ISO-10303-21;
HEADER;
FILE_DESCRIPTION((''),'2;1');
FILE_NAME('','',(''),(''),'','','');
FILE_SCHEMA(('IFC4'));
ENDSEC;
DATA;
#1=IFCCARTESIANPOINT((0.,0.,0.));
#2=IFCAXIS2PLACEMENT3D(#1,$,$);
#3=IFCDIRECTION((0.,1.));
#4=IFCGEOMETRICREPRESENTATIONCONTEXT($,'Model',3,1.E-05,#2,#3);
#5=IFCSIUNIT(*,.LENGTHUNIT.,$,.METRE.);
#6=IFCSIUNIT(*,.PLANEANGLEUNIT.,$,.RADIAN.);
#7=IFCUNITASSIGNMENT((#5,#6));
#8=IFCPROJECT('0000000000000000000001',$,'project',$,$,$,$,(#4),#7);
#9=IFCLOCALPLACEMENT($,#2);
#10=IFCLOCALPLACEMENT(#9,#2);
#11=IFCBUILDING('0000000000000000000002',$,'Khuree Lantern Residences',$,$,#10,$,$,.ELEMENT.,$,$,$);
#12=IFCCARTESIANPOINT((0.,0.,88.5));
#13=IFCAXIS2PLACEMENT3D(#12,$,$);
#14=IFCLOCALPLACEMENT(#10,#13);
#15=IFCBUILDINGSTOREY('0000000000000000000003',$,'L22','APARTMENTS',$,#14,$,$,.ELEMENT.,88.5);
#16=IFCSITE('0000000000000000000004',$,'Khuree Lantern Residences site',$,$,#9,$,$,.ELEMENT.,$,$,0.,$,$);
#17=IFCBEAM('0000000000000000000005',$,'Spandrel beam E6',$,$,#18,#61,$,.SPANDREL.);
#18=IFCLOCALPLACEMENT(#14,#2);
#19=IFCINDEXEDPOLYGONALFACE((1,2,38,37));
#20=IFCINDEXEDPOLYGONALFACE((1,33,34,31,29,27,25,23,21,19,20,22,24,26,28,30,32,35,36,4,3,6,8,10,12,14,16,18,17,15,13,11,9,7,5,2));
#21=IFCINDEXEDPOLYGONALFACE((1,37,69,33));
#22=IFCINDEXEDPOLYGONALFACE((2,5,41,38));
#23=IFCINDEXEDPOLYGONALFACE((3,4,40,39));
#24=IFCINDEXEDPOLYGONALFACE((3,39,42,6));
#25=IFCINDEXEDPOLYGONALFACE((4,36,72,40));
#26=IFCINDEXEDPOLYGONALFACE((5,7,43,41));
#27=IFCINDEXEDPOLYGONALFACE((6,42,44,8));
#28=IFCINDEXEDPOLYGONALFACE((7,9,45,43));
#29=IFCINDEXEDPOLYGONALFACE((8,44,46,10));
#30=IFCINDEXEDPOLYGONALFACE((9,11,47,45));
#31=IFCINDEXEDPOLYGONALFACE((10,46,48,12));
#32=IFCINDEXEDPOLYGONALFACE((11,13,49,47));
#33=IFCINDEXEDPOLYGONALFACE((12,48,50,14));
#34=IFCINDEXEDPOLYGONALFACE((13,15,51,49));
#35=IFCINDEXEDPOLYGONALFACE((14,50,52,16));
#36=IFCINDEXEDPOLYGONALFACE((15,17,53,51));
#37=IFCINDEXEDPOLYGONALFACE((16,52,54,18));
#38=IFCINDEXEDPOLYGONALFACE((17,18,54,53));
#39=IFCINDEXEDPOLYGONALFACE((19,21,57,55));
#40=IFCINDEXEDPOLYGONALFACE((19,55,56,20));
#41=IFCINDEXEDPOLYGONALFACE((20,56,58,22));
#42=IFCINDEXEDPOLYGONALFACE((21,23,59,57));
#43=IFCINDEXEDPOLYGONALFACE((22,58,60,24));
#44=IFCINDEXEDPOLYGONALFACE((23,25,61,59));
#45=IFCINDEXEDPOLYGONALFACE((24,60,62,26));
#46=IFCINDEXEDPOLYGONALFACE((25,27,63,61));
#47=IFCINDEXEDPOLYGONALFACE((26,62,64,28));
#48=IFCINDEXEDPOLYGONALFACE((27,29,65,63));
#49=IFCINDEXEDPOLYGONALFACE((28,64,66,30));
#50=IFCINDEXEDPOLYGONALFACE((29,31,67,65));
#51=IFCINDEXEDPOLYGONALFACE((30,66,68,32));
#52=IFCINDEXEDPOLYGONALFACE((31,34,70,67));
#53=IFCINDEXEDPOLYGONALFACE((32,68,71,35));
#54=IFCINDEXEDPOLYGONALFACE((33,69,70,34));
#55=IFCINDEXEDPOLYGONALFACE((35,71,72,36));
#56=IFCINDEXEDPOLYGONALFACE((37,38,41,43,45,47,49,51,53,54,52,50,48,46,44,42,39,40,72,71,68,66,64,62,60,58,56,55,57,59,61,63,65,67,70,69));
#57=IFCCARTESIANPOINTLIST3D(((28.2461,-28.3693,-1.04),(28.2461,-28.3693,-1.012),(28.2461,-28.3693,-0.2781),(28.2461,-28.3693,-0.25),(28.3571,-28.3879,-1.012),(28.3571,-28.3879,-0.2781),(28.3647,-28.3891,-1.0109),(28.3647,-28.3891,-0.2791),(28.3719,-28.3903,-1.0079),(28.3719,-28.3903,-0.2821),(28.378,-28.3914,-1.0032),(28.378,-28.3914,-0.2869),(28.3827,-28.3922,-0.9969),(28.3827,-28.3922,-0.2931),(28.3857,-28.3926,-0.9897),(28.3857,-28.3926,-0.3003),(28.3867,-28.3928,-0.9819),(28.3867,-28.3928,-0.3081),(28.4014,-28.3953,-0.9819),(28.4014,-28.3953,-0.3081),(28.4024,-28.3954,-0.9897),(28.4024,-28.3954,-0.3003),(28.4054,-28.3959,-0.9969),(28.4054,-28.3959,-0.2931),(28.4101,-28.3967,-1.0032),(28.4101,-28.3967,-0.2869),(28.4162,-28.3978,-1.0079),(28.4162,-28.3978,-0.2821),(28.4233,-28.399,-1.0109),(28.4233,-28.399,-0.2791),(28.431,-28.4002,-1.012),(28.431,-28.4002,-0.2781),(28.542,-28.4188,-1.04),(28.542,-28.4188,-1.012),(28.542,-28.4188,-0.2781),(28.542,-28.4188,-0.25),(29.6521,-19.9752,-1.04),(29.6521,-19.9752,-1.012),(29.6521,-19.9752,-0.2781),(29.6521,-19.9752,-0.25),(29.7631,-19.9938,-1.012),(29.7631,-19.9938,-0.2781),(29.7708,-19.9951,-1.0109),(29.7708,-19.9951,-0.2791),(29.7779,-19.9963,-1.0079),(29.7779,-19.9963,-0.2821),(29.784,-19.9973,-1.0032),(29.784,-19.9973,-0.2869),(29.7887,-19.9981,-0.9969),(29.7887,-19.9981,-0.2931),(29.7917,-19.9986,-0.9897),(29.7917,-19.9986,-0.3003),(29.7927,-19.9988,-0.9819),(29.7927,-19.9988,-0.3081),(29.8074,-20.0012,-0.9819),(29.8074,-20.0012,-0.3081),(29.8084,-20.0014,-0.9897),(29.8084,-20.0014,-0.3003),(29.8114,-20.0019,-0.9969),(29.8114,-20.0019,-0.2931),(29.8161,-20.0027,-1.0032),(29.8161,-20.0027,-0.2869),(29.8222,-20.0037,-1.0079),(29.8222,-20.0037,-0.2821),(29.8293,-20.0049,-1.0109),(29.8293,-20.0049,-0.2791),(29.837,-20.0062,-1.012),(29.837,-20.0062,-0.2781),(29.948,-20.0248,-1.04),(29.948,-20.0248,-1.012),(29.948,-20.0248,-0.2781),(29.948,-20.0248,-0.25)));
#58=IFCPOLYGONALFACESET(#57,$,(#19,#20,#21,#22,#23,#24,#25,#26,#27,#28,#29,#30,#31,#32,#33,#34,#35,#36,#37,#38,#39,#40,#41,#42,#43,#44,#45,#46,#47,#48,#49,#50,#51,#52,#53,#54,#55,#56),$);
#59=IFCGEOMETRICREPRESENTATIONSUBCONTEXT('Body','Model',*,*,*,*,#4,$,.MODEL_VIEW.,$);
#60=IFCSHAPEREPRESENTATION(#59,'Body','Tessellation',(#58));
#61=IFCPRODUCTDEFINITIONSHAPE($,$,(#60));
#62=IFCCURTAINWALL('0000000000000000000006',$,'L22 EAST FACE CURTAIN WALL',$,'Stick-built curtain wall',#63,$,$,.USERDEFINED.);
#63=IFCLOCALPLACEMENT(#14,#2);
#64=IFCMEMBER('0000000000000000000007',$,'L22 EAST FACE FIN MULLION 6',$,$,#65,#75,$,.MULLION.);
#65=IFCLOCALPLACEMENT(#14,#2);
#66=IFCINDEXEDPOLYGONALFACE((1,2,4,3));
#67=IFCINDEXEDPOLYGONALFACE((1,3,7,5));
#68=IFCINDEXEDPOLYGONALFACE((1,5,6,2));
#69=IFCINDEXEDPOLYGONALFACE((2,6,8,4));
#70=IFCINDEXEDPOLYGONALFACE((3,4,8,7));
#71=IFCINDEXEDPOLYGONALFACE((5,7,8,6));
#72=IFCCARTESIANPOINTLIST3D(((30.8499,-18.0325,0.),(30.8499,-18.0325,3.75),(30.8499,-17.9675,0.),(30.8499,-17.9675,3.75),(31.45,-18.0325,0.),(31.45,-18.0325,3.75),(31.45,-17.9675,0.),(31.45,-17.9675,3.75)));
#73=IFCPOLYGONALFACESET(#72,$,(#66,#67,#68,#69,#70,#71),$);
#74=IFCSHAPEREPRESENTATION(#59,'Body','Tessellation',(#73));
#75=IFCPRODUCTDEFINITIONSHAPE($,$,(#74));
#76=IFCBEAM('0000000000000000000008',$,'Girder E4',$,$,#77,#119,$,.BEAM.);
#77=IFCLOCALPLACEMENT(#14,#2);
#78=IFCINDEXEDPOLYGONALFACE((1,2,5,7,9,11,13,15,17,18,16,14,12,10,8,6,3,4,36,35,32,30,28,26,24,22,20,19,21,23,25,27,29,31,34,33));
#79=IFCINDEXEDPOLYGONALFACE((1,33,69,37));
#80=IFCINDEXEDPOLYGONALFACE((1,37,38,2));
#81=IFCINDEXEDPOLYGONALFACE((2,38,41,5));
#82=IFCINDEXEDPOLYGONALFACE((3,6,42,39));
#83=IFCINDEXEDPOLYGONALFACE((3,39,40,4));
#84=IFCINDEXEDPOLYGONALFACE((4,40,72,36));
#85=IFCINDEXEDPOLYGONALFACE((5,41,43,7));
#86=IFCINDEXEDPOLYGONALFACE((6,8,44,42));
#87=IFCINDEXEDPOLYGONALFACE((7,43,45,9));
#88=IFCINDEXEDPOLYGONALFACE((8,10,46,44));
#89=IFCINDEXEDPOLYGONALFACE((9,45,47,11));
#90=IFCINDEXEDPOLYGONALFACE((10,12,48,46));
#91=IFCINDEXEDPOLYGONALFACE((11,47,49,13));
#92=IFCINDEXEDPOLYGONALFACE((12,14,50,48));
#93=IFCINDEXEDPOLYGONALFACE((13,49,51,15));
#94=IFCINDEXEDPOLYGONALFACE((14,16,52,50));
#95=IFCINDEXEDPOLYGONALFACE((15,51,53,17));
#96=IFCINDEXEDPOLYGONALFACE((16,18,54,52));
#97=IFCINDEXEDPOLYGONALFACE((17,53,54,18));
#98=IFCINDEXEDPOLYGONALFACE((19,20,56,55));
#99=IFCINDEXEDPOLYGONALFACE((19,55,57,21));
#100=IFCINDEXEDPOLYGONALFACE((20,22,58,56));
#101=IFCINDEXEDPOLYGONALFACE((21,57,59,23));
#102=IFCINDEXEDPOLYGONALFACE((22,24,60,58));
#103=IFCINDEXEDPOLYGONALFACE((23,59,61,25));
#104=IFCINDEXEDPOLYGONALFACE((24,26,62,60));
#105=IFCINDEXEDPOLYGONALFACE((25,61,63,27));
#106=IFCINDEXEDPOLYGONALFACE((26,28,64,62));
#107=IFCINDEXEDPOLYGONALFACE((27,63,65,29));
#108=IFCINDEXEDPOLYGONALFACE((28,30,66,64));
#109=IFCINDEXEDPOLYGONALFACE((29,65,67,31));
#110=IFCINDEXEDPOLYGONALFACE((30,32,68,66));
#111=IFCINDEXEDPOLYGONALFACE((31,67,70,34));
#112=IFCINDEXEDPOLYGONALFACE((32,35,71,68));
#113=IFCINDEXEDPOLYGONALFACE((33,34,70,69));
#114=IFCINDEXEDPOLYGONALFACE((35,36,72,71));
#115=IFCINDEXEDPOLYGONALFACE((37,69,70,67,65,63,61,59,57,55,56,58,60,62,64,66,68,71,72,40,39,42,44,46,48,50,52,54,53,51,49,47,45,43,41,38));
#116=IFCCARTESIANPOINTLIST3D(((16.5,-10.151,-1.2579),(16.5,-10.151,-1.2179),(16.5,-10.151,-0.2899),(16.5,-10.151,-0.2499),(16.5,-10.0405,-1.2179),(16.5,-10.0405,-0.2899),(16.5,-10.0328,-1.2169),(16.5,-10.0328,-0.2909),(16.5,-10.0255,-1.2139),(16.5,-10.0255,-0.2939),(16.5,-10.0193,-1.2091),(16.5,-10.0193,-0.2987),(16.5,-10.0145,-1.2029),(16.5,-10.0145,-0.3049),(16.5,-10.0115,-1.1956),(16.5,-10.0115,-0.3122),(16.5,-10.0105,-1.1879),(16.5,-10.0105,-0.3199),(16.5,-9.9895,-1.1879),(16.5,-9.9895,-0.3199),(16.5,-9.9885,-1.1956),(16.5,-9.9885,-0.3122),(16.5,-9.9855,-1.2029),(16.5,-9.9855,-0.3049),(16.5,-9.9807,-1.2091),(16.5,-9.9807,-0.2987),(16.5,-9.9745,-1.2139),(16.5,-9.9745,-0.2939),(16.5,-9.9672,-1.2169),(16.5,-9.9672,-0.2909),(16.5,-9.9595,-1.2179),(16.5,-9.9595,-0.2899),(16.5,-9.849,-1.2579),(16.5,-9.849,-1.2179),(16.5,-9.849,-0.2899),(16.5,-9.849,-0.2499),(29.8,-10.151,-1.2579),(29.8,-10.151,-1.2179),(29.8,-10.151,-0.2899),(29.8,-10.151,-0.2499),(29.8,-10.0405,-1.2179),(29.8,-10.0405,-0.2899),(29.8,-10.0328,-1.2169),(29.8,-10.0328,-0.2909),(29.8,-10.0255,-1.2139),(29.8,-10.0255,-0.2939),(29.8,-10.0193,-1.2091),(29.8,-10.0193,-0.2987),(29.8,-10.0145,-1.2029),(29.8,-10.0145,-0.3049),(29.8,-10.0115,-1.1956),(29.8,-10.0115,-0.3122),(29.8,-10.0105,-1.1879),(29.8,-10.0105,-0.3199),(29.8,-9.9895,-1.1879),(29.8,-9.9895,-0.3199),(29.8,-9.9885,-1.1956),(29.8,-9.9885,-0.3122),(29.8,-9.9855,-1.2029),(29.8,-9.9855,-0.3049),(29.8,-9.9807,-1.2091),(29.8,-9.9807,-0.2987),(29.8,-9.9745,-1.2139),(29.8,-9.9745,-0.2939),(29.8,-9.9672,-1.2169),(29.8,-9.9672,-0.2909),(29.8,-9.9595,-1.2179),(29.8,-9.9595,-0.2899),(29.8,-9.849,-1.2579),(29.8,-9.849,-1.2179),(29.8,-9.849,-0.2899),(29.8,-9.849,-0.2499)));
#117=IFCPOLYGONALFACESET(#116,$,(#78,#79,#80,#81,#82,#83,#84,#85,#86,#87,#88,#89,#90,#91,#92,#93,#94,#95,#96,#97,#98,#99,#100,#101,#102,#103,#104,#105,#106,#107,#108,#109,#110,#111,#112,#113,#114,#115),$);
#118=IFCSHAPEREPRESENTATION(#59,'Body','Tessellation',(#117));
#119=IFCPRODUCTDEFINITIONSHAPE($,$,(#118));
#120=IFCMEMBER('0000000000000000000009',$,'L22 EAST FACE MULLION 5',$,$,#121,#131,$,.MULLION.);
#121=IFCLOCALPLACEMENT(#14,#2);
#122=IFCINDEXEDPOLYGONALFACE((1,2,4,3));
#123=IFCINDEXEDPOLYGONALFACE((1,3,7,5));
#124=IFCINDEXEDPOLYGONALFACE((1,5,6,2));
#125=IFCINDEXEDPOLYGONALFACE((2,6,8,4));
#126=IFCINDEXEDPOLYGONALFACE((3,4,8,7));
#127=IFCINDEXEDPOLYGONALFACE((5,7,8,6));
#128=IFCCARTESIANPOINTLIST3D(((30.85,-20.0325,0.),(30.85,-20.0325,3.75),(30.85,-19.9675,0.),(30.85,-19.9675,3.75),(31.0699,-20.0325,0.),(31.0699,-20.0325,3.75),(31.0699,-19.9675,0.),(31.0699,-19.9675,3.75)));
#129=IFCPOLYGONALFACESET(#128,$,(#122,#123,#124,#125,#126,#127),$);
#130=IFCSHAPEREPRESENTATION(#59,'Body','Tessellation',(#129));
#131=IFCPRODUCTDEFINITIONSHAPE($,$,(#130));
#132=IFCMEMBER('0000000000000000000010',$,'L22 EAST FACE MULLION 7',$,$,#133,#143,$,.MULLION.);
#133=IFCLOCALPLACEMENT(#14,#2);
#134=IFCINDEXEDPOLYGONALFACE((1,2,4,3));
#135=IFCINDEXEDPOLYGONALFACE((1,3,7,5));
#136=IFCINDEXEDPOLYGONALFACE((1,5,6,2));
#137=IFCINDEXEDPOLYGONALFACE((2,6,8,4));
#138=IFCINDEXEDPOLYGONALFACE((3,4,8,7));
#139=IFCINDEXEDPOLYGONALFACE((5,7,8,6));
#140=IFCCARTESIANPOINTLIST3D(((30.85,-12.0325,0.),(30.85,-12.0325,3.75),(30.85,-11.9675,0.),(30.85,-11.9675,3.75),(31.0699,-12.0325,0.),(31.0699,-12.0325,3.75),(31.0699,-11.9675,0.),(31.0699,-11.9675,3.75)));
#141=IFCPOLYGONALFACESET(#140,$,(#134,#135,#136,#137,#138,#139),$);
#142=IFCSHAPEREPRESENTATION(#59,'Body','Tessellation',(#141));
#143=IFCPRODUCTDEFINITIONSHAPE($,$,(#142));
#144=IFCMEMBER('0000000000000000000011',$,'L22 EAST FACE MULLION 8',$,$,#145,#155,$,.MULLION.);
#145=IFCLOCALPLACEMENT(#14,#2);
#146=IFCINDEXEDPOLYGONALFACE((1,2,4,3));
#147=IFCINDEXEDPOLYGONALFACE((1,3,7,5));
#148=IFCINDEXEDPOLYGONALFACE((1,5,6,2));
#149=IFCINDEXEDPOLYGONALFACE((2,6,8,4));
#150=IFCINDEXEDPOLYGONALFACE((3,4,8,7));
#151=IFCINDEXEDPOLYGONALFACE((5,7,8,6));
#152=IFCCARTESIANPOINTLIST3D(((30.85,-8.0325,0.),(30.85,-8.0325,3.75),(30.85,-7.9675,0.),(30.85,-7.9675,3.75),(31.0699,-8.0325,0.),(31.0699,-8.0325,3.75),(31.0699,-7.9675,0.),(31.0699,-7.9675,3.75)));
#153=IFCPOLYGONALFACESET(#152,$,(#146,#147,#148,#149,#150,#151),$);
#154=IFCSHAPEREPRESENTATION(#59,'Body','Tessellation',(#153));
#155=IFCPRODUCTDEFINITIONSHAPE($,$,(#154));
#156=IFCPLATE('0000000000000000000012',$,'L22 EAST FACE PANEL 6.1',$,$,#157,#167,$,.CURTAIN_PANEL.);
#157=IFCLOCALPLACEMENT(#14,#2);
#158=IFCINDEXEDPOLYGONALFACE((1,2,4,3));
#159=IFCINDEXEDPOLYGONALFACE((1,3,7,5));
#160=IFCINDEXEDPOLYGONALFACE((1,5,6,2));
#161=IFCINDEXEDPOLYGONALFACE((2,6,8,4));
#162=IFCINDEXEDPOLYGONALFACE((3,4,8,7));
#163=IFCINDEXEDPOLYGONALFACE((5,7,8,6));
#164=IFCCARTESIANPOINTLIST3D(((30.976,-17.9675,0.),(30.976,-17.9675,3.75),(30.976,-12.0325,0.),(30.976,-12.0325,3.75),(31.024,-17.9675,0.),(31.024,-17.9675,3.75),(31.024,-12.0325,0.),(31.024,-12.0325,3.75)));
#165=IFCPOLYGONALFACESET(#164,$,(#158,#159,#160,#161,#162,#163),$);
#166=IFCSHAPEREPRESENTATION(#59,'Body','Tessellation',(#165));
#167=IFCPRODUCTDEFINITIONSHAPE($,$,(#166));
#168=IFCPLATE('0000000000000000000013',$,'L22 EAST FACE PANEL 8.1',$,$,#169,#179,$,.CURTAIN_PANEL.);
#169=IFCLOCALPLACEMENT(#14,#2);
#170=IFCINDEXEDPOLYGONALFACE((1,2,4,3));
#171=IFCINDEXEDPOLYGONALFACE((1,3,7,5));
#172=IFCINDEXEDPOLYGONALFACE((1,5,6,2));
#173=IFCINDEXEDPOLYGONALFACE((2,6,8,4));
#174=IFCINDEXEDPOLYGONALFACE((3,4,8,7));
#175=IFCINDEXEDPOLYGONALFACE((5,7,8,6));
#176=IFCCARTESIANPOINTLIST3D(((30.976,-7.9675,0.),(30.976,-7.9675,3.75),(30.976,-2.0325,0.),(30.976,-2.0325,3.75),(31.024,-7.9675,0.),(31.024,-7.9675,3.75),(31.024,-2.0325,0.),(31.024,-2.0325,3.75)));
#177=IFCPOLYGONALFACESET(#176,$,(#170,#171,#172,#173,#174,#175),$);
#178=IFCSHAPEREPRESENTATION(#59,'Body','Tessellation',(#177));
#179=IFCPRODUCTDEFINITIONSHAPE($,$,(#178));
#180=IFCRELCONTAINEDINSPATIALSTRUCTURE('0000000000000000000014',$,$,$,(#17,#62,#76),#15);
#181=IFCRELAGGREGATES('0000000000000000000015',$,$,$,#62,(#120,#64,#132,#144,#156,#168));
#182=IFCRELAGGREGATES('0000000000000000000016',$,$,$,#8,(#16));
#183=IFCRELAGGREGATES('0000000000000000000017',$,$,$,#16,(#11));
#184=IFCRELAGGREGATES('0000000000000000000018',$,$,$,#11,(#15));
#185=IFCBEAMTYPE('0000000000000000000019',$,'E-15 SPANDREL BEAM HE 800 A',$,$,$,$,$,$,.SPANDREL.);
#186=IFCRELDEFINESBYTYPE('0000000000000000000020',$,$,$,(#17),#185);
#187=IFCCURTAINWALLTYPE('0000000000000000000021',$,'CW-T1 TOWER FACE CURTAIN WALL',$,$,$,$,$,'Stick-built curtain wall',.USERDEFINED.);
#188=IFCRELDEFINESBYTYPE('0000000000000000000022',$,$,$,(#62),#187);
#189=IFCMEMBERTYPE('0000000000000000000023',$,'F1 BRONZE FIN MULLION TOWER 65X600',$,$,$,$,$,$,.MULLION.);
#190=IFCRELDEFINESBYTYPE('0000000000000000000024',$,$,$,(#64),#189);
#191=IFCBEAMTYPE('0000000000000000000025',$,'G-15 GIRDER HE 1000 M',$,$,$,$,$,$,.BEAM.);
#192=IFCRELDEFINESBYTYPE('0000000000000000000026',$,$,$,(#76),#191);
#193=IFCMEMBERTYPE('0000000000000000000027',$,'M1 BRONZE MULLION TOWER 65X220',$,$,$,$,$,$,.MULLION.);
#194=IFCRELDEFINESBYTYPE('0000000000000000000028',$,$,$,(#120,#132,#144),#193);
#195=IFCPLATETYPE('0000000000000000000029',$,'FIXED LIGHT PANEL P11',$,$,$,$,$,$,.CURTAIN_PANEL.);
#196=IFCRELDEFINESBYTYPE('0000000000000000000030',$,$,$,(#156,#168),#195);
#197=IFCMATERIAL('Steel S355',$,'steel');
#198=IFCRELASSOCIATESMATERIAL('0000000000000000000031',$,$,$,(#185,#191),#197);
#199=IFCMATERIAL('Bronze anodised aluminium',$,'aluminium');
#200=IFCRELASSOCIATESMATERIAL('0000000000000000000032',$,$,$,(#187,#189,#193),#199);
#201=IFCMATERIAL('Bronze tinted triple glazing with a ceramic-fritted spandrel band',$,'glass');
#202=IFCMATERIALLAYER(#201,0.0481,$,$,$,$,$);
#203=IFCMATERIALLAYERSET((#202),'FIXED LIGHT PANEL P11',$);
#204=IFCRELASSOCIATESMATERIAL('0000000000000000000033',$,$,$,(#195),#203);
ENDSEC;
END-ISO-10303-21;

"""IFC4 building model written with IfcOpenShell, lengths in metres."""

from ifc_helpers import new_model, si_unit, direction, frame, origin, origin_2d, place, context, subcontext, project, spatial, rectangle, i_section, extrude, material, layer, layer_set, material_profile, profile_set, type_object, element, aggregate, save


model = new_model("IFC4")

# Units and contexts
model_context = context("Model", 3, precision=1e-05, world=origin(), true_north=direction((0.0, 1.0)))
body_context = subcontext(model_context, "Body", "Model", "MODEL_VIEW")
ifc_project = project(units=[si_unit("LENGTHUNIT", "METRE"), si_unit("PLANEANGLEUNIT", "RADIAN")], contexts=[model_context])

# Site, building, storey
site_placement = place(None, origin())
site = spatial("IfcSite", under=ifc_project, at=site_placement, Name="Khuree Lantern Residences site", CompositionType="ELEMENT", RefElevation=0.0)
building_placement = place(site_placement, origin())
building = spatial("IfcBuilding", under=site, at=building_placement, Name="Khuree Lantern Residences", CompositionType="ELEMENT")
storey_placement = place(building_placement, frame((0.0, 0.0, 88.5)))
storey = spatial("IfcBuildingStorey", under=building, at=storey_placement, Name="L22", Description="APARTMENTS", CompositionType="ELEMENT", Elevation=88.5)

# Beam
ifc_material_1 = material(Name="Steel S355", Category="steel")
ifc_material_profile_1 = material_profile(ifc_material_1, i_section(OverallWidth=0.3, OverallDepth=0.79, WebThickness=0.0149, FlangeThickness=0.0281, FilletRadius=0.03, at=origin_2d()), Name="HE 800 A")
ifc_profile_set_1 = profile_set([ifc_material_profile_1], Name="Steel S355")
beam_type_1 = type_object("IfcBeamType", Name="E-15 SPANDREL BEAM HE 800 A", PredefinedType="SPANDREL", material=ifc_profile_set_1)
beam_1_placement = place(storey_placement, frame((29.8, -20.0, -0.645), z_axis=(-0.165199, -0.98626, 0.0), x_axis=(0.98626, -0.165199, 0.0)))
element("IfcBeam", 1, at=beam_1_placement, inside=storey, type_object=beam_type_1, Name="Spandrel beam E6", PredefinedType="SPANDREL", context=body_context, shape_type="SweptSolid", body=[
    extrude(i_section(OverallWidth=0.3, OverallDepth=0.79, WebThickness=0.0149, FlangeThickness=0.0281, FilletRadius=0.03, at=origin_2d()), origin(), (0.0, 0.0, 1.0), 8.511),
])

# Curtain wall, member
ifc_material_2 = material(Name="Bronze anodised aluminium", Category="aluminium")
curtain_wall_type = type_object("IfcCurtainWallType", Name="CW-T1 TOWER FACE CURTAIN WALL", ElementType="Stick-built curtain wall", PredefinedType="USERDEFINED", material=ifc_material_2)
curtain_wall_placement = place(storey_placement, origin())
curtain_wall = element("IfcCurtainWall", 2, at=curtain_wall_placement, inside=storey, type_object=curtain_wall_type, Name="L22 EAST FACE CURTAIN WALL", ObjectType="Stick-built curtain wall", PredefinedType="USERDEFINED")
ifc_material_profile_2 = material_profile(ifc_material_2, rectangle(XDim=0.0649, YDim=0.6001, at=origin_2d()), Name="F1 65X600")
ifc_profile_set_2 = profile_set([ifc_material_profile_2], Name="Bronze anodised aluminium")
member_type_1 = type_object("IfcMemberType", Name="F1 BRONZE FIN MULLION TOWER 65X600", PredefinedType="MULLION", material=ifc_profile_set_2)
member_1_placement = place(storey_placement, frame((31.1499, -18.0, 0.0), z_axis=(0.0, 0.0, 1.0), x_axis=(0.0, 1.0, 0.0)))
member_1 = element("IfcMember", 3, at=member_1_placement, type_object=member_type_1, Name="L22 EAST FACE FIN MULLION 6", PredefinedType="MULLION", context=body_context, shape_type="SweptSolid", body=[
    extrude(rectangle(XDim=0.0649, YDim=0.6001, at=origin_2d()), origin(), (0.0, 0.0, 1.0), 3.75),
])

# Beam
ifc_material_profile_3 = material_profile(ifc_material_1, i_section(OverallWidth=0.302, OverallDepth=1.0081, WebThickness=0.021, FlangeThickness=0.04, FilletRadius=0.03, at=origin_2d()), Name="HE 1000 M")
ifc_profile_set_3 = profile_set([ifc_material_profile_3], Name="Steel S355")
beam_type_2 = type_object("IfcBeamType", Name="G-15 GIRDER HE 1000 M", PredefinedType="BEAM", material=ifc_profile_set_3)
beam_2_placement = place(storey_placement, frame((29.8, -10.0, -0.7539), z_axis=(-1.0, 0.0, 0.0), x_axis=(0.0, -1.0, 0.0)))
element("IfcBeam", 4, at=beam_2_placement, inside=storey, type_object=beam_type_2, Name="Girder E4", PredefinedType="BEAM", context=body_context, shape_type="SweptSolid", body=[
    extrude(i_section(OverallWidth=0.302, OverallDepth=1.0081, WebThickness=0.021, FlangeThickness=0.04, FilletRadius=0.03, at=origin_2d()), origin(), (0.0, 0.0, 1.0), 13.3),
])

# Members
ifc_material_profile_4 = material_profile(ifc_material_2, rectangle(XDim=0.0649, YDim=0.22, at=origin_2d()), Name="M1 65X220")
ifc_profile_set_4 = profile_set([ifc_material_profile_4], Name="Bronze anodised aluminium")
member_type_2 = type_object("IfcMemberType", Name="M1 BRONZE MULLION TOWER 65X220", PredefinedType="MULLION", material=ifc_profile_set_4)
member_2_placement = place(storey_placement, frame((30.96, -20.0, 0.0), z_axis=(0.0, 0.0, 1.0), x_axis=(0.0, 1.0, 0.0)))
member_2 = element("IfcMember", 5, at=member_2_placement, type_object=member_type_2, Name="L22 EAST FACE MULLION 5", PredefinedType="MULLION", context=body_context, shape_type="SweptSolid", body=[
    extrude(rectangle(XDim=0.0649, YDim=0.22, at=origin_2d()), origin(), (0.0, 0.0, 1.0), 3.75),
])
member_3_placement = place(storey_placement, frame((30.96, -12.0, 0.0), z_axis=(0.0, 0.0, 1.0), x_axis=(0.0, 1.0, 0.0)))
member_3 = element("IfcMember", 6, at=member_3_placement, type_object=member_type_2, Name="L22 EAST FACE MULLION 7", PredefinedType="MULLION", context=body_context, shape_type="SweptSolid", body=[
    extrude(rectangle(XDim=0.0649, YDim=0.22, at=origin_2d()), origin(), (0.0, 0.0, 1.0), 3.75),
])
member_4_placement = place(storey_placement, frame((30.96, -8.0, 0.0), z_axis=(0.0, 0.0, 1.0), x_axis=(0.0, 1.0, 0.0)))
member_4 = element("IfcMember", 7, at=member_4_placement, type_object=member_type_2, Name="L22 EAST FACE MULLION 8", PredefinedType="MULLION", context=body_context, shape_type="SweptSolid", body=[
    extrude(rectangle(XDim=0.0649, YDim=0.22, at=origin_2d()), origin(), (0.0, 0.0, 1.0), 3.75),
])

# Plates
ifc_material_3 = material(Name="Bronze tinted triple glazing with a ceramic-fritted spandrel band", Category="glass")
ifc_layer_1 = layer(ifc_material_3, 0.0481)
ifc_layer_set_1 = layer_set([ifc_layer_1], Name="FIXED LIGHT PANEL P11")
plate_type_1 = type_object("IfcPlateType", Name="FIXED LIGHT PANEL P11", PredefinedType="CURTAIN_PANEL", material=ifc_layer_set_1)
plate_1_placement = place(storey_placement, frame((31.0, -15.0, 0.0), z_axis=(0.0, 0.0, 1.0), x_axis=(0.0, 1.0, 0.0)))
plate_1 = element("IfcPlate", 8, at=plate_1_placement, type_object=plate_type_1, Name="L22 EAST FACE PANEL 6.1", PredefinedType="CURTAIN_PANEL", context=body_context, shape_type="SweptSolid", body=[
    extrude(rectangle(XDim=5.9351, YDim=0.0481, at=origin_2d()), origin(), (0.0, 0.0, 1.0), 3.75),
])
plate_2_placement = place(storey_placement, frame((31.0, -5.0, 0.0), z_axis=(0.0, 0.0, 1.0), x_axis=(0.0, 1.0, 0.0)))
plate_2 = element("IfcPlate", 9, at=plate_2_placement, type_object=plate_type_1, Name="L22 EAST FACE PANEL 8.1", PredefinedType="CURTAIN_PANEL", context=body_context, shape_type="SweptSolid", body=[
    extrude(rectangle(XDim=5.9351, YDim=0.0481, at=origin_2d()), origin(), (0.0, 0.0, 1.0), 3.75),
])
aggregate(curtain_wall, [member_2, member_1, member_3, member_4, plate_1, plate_2])

save(model, "model.ifc")
